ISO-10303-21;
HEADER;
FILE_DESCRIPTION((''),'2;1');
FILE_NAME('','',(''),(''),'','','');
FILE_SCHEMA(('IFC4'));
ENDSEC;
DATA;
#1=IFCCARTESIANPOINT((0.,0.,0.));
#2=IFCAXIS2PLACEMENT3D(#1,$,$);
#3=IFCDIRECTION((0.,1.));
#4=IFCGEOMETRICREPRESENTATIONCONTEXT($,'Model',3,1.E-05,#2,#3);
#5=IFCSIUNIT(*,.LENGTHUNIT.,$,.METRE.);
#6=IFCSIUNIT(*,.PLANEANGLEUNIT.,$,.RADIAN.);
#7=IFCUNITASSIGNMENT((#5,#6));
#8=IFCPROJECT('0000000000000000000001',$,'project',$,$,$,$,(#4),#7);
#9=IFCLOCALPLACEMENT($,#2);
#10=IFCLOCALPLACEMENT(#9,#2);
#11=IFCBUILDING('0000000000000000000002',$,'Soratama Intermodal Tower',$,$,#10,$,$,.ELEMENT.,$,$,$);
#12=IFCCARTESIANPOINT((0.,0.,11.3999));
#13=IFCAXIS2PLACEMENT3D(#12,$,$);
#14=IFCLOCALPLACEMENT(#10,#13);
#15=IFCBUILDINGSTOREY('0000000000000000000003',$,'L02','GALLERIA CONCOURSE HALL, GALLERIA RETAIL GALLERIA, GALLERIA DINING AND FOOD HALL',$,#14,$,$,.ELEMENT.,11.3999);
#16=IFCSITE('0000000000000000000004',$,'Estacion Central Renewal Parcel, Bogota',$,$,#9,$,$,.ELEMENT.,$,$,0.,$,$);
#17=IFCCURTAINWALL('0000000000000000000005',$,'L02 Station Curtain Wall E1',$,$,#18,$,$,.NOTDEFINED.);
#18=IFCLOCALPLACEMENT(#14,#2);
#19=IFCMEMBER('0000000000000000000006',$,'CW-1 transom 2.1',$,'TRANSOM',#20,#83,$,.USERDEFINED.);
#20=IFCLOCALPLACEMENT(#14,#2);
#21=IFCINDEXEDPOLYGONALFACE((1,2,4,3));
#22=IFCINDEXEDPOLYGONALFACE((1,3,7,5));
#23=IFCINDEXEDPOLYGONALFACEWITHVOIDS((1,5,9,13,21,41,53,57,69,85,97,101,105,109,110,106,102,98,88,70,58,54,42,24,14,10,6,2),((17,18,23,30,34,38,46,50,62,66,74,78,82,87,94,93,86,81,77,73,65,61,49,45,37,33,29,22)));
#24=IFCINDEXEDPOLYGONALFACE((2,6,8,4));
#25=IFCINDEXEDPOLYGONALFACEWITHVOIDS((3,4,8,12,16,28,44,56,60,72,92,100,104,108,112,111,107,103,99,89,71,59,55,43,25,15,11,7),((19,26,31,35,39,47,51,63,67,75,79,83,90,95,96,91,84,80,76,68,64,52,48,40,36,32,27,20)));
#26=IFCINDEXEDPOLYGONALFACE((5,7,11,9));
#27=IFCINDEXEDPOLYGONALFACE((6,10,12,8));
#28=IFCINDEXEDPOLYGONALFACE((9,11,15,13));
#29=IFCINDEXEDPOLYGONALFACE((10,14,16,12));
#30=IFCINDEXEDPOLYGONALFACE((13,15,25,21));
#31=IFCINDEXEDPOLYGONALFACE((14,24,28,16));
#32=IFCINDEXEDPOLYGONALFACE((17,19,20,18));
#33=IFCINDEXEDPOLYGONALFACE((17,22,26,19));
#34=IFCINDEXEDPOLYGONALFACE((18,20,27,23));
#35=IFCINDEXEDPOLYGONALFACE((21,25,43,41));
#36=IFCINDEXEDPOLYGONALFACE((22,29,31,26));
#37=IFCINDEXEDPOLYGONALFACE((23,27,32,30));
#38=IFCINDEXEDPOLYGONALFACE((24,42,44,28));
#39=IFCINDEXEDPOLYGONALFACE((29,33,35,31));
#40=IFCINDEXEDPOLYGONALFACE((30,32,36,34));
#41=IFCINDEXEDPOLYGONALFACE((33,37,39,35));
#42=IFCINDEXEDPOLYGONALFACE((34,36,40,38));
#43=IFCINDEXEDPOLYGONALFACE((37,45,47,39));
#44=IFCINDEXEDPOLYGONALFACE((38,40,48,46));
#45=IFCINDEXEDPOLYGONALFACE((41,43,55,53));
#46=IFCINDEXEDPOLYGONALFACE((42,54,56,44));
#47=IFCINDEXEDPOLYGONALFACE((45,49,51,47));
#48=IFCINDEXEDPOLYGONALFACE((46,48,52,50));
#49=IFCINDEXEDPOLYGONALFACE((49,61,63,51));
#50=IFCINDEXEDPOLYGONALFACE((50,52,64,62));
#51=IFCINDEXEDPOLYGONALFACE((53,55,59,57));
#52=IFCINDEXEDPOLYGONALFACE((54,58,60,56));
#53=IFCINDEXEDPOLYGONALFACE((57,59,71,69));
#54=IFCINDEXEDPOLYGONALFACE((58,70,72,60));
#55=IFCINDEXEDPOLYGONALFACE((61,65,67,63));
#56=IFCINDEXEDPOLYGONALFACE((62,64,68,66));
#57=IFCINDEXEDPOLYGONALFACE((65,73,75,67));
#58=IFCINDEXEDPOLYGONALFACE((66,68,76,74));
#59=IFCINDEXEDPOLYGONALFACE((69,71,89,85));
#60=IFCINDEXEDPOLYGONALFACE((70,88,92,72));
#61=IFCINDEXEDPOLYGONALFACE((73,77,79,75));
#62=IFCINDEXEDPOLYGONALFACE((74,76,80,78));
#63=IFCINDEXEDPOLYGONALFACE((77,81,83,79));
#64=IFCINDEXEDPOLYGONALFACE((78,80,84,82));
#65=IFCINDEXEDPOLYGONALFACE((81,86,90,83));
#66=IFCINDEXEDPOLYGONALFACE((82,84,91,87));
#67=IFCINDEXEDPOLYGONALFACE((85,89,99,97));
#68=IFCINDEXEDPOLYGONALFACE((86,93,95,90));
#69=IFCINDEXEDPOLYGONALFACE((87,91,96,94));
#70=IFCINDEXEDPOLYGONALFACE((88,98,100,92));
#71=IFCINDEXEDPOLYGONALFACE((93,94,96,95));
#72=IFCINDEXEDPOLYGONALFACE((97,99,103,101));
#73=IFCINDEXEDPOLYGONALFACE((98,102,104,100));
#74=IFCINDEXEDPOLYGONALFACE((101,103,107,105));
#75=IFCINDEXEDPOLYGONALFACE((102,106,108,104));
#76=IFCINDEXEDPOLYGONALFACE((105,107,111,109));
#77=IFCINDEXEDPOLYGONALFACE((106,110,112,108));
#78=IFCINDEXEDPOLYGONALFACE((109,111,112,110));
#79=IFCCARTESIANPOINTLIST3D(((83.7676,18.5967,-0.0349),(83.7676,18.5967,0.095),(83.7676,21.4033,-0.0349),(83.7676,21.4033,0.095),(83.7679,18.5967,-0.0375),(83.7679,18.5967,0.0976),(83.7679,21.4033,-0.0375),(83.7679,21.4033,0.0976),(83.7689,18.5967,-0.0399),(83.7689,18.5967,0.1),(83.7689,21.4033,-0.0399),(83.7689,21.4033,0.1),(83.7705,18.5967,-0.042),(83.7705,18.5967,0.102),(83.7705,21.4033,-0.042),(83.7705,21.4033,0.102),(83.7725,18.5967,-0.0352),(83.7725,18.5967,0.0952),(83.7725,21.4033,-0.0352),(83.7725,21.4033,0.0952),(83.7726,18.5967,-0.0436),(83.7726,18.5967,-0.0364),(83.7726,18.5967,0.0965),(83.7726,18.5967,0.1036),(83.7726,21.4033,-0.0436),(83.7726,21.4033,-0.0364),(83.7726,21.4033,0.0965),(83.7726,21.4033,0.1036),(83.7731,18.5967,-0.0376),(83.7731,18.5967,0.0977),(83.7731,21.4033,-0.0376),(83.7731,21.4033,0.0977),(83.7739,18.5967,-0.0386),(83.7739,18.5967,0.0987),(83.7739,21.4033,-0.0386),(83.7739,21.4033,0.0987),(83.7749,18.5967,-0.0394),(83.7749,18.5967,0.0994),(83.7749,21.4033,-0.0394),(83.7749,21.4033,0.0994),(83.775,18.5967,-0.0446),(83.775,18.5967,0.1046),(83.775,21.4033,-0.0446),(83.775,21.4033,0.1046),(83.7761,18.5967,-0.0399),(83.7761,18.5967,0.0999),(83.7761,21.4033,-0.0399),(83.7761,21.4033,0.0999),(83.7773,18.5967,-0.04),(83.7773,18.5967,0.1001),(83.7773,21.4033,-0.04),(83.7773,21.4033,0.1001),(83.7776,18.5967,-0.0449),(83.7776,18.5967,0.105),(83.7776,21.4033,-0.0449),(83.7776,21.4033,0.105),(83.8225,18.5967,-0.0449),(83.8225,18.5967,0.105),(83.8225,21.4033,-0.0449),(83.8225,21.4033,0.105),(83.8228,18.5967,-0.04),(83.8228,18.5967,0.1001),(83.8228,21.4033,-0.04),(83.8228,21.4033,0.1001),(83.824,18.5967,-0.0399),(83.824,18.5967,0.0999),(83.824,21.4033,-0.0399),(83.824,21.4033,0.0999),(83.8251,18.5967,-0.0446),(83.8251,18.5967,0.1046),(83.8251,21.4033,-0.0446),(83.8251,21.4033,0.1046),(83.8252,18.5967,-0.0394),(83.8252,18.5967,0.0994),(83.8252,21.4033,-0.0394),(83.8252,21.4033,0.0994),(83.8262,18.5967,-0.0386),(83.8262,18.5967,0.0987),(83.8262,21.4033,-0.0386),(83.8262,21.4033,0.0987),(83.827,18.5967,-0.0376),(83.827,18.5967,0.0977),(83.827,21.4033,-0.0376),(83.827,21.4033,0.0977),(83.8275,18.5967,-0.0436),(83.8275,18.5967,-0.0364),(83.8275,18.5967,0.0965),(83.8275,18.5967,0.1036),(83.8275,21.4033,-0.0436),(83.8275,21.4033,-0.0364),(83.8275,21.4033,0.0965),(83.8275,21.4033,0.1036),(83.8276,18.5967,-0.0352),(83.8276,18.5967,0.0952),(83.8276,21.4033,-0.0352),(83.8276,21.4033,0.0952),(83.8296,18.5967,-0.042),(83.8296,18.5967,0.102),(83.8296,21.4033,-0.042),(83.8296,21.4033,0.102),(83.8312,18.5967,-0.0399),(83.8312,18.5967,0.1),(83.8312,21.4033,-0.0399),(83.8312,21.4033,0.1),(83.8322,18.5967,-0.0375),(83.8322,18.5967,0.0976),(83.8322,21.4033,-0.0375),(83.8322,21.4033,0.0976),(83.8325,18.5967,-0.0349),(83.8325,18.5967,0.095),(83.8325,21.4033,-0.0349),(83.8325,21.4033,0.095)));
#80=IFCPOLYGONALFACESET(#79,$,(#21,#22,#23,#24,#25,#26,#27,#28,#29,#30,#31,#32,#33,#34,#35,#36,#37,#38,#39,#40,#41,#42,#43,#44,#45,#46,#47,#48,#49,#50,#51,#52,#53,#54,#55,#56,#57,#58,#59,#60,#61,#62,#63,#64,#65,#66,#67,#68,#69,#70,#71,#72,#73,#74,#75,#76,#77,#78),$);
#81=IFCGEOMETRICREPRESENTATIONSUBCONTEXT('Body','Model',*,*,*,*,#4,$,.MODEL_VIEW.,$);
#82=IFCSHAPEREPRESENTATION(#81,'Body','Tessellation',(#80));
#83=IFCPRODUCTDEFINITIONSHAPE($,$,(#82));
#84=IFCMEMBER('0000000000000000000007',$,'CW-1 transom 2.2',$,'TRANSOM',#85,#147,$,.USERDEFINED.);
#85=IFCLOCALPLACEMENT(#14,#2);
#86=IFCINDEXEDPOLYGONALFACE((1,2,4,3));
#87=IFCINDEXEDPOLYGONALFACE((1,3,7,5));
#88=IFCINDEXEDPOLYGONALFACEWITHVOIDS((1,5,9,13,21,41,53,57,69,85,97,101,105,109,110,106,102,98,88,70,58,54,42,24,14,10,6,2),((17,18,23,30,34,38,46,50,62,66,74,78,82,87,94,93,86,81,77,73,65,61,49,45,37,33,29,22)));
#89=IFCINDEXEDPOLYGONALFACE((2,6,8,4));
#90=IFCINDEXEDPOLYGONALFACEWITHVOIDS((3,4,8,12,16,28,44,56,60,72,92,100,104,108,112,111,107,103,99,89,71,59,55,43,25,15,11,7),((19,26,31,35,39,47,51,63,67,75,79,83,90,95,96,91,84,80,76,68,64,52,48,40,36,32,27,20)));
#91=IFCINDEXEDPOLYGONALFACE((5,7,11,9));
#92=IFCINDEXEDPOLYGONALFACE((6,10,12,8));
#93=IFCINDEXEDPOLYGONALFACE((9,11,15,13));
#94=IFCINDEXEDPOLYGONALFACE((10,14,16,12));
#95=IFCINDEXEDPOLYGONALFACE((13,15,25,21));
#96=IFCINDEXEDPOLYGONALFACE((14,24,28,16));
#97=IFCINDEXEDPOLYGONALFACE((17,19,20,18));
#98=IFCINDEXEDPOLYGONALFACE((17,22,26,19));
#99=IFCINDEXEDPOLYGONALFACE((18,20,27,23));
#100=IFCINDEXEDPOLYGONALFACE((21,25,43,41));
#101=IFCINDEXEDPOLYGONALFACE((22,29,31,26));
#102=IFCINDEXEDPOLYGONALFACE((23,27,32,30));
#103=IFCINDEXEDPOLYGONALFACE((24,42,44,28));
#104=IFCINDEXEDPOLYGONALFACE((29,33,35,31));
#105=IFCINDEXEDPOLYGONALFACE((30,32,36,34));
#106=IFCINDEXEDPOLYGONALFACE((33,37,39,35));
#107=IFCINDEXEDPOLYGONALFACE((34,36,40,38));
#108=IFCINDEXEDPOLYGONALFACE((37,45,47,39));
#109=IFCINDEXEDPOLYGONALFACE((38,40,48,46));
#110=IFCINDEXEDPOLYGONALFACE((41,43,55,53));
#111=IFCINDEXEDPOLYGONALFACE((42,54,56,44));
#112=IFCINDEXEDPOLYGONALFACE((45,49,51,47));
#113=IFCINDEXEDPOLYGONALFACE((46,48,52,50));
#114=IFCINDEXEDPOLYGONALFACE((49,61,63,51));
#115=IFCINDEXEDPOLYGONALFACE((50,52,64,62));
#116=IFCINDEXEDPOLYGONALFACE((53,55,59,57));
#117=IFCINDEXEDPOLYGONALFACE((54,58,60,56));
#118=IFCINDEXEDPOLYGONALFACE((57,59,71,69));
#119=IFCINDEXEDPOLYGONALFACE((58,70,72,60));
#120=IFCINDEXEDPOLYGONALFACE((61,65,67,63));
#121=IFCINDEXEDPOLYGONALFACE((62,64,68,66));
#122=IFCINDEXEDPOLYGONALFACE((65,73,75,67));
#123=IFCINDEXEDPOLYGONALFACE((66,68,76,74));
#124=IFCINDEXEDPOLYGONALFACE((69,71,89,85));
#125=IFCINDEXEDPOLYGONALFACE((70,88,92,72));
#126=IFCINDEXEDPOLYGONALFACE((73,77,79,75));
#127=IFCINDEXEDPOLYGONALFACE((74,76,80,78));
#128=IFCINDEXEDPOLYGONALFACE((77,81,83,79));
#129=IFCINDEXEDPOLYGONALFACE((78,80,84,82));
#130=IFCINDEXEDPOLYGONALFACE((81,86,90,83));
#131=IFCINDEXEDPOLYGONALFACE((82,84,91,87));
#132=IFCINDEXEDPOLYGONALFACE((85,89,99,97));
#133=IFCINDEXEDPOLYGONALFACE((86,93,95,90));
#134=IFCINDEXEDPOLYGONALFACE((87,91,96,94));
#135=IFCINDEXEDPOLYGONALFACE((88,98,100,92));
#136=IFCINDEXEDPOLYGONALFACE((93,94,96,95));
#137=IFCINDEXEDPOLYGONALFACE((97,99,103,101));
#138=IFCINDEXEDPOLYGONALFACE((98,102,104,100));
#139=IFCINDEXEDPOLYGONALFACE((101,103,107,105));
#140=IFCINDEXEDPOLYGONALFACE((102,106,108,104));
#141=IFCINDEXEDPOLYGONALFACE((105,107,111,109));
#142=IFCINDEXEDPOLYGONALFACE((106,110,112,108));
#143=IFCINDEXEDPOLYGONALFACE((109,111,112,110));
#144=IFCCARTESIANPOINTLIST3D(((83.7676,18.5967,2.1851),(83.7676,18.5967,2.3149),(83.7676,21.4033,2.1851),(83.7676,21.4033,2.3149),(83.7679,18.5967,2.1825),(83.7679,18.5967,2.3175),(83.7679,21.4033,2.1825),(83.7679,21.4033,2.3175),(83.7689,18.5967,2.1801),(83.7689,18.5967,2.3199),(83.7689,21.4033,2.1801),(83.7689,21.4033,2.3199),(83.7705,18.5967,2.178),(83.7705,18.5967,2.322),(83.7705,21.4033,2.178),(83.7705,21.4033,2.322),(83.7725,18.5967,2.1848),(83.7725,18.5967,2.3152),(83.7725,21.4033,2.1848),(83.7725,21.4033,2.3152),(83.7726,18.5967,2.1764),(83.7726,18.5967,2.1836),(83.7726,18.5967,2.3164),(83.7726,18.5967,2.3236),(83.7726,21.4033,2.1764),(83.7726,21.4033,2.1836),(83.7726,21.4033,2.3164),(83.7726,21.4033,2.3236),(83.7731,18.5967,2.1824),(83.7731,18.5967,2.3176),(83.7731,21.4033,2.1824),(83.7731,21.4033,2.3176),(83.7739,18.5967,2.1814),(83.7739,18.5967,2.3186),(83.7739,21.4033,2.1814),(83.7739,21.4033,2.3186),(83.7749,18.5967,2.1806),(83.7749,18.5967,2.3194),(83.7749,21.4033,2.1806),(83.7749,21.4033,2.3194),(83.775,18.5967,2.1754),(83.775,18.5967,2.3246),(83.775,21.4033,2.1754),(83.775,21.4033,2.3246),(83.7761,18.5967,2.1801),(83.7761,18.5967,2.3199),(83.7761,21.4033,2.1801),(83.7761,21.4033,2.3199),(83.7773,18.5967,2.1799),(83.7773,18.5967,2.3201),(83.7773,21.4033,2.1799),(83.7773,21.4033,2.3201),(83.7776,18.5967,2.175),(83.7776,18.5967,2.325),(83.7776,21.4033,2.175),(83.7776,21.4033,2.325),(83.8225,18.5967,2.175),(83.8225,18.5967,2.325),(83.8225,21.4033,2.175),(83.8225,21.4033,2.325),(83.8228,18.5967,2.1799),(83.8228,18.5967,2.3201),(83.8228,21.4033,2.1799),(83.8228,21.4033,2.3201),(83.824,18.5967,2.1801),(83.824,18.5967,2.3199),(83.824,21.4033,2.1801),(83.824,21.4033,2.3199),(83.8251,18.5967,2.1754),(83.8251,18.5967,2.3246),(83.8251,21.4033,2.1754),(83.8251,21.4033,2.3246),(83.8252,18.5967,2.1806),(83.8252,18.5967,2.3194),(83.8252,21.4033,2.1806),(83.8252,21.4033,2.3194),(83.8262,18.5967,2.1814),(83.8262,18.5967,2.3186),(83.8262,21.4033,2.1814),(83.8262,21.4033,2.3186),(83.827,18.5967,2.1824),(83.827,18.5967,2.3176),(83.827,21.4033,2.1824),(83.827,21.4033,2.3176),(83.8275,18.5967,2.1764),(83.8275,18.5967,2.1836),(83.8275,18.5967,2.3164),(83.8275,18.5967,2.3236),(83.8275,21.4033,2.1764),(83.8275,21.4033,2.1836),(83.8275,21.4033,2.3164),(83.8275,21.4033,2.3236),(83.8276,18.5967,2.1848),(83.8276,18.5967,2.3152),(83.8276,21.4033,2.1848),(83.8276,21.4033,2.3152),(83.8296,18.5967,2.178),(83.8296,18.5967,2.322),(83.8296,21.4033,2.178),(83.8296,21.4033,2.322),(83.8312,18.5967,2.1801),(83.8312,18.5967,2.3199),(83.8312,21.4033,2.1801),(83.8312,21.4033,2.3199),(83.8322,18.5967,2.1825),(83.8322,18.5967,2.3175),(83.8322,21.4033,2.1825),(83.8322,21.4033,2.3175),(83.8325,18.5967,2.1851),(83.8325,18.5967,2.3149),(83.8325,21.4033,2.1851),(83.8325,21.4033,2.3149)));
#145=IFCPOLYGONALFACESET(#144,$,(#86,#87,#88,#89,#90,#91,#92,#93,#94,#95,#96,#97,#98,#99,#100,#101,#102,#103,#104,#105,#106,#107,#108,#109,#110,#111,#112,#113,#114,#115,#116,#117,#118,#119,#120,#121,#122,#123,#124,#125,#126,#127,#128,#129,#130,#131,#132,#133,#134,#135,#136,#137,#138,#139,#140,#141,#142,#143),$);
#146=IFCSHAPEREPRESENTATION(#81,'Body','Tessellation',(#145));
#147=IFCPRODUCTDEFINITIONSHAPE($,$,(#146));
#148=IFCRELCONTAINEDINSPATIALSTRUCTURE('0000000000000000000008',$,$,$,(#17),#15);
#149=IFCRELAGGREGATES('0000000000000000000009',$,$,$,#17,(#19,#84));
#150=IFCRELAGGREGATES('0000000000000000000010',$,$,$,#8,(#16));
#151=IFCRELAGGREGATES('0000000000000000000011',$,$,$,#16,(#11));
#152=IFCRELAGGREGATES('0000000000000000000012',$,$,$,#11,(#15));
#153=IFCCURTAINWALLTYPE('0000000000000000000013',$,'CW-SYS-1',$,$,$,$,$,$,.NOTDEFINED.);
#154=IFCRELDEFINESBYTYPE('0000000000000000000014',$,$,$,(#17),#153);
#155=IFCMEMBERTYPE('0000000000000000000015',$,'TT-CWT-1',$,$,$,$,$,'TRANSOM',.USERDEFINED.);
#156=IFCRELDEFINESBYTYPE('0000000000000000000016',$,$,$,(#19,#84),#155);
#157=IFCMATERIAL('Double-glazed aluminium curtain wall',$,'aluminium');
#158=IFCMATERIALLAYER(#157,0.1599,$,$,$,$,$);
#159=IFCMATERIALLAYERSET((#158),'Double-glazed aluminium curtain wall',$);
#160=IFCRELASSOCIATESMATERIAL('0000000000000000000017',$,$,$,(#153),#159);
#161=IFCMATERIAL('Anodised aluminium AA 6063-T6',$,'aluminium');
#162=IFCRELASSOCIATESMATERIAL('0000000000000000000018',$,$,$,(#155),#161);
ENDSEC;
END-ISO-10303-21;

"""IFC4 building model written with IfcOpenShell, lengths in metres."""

from ifc_helpers import new_model, si_unit, direction, frame, origin, origin_2d, place, context, subcontext, project, spatial, hollow_rectangle, extrude, material, layer, layer_set, material_profile, profile_set, type_object, element, aggregate, save


model = new_model("IFC4")

# Units and contexts
model_context = context("Model", 3, precision=1e-05, world=origin(), true_north=direction((0.0, 1.0)))
body_context = subcontext(model_context, "Body", "Model", "MODEL_VIEW")
ifc_project = project(units=[si_unit("LENGTHUNIT", "METRE"), si_unit("PLANEANGLEUNIT", "RADIAN")], contexts=[model_context])

# Site, building, storey
site_placement = place(None, origin())
site = spatial("IfcSite", under=ifc_project, at=site_placement, Name="Estacion Central Renewal Parcel, Bogota", CompositionType="ELEMENT", RefElevation=0.0)
building_placement = place(site_placement, origin())
building = spatial("IfcBuilding", under=site, at=building_placement, Name="Soratama Intermodal Tower", CompositionType="ELEMENT")
storey_placement = place(building_placement, frame((0.0, 0.0, 11.3999)))
storey = spatial("IfcBuildingStorey", under=building, at=storey_placement, Name="L02", Description="GALLERIA CONCOURSE HALL, GALLERIA RETAIL GALLERIA, GALLERIA DINING AND FOOD HALL", CompositionType="ELEMENT", Elevation=11.3999)

# Curtain wall
ifc_material_1 = material(Name="Double-glazed aluminium curtain wall", Category="aluminium")
ifc_layer_1 = layer(ifc_material_1, 0.1599)
ifc_layer_set_1 = layer_set([ifc_layer_1], Name="Double-glazed aluminium curtain wall")
curtain_wall_type = type_object("IfcCurtainWallType", Name="CW-SYS-1", PredefinedType="NOTDEFINED", material=ifc_layer_set_1)
curtain_wall_1_placement = place(storey_placement, origin())
curtain_wall_1 = element("IfcCurtainWall", 1, at=curtain_wall_1_placement, inside=storey, type_object=curtain_wall_type, Name="L02 Station Curtain Wall E1", PredefinedType="NOTDEFINED")

# Members
ifc_material_2 = material(Name="Anodised aluminium AA 6063-T6", Category="aluminium")
ifc_material_profile_1 = material_profile(ifc_material_2, hollow_rectangle(XDim=0.0649, YDim=0.1499, WallThickness=0.0049, InnerFilletRadius=0.0049, OuterFilletRadius=0.01, at=origin_2d()), Name="CWT150X65X5")
ifc_profile_set_1 = profile_set([ifc_material_profile_1], Name="Anodised aluminium AA 6063-T6")
member_type_1 = type_object("IfcMemberType", Name="TT-CWT-1", ElementType="TRANSOM", PredefinedType="USERDEFINED", material=ifc_profile_set_1)
member_1_placement = place(storey_placement, frame((83.8, 18.5967, 0.03), z_axis=(0.0, 1.0, 0.0), x_axis=(-1.0, 0.0, 0.0)))
member_1 = element("IfcMember", 2, at=member_1_placement, type_object=member_type_1, Name="CW-1 transom 2.1", ObjectType="TRANSOM", PredefinedType="USERDEFINED", context=body_context, shape_type="SweptSolid", body=[
    extrude(hollow_rectangle(XDim=0.0649, YDim=0.1499, WallThickness=0.0049, InnerFilletRadius=0.0049, OuterFilletRadius=0.01, at=origin_2d()), origin(), (0.0, 0.0, 1.0), 2.8066),
])
member_2_placement = place(storey_placement, frame((83.8, 18.5967, 2.25), z_axis=(0.0, 1.0, 0.0), x_axis=(-1.0, 0.0, 0.0)))
member_2 = element("IfcMember", 3, at=member_2_placement, type_object=member_type_1, Name="CW-1 transom 2.2", ObjectType="TRANSOM", PredefinedType="USERDEFINED", context=body_context, shape_type="SweptSolid", body=[
    extrude(hollow_rectangle(XDim=0.0649, YDim=0.1499, WallThickness=0.0049, InnerFilletRadius=0.0049, OuterFilletRadius=0.01, at=origin_2d()), origin(), (0.0, 0.0, 1.0), 2.8066),
])

aggregate(curtain_wall_1, [member_1, member_2])

save(model, "model.ifc")
